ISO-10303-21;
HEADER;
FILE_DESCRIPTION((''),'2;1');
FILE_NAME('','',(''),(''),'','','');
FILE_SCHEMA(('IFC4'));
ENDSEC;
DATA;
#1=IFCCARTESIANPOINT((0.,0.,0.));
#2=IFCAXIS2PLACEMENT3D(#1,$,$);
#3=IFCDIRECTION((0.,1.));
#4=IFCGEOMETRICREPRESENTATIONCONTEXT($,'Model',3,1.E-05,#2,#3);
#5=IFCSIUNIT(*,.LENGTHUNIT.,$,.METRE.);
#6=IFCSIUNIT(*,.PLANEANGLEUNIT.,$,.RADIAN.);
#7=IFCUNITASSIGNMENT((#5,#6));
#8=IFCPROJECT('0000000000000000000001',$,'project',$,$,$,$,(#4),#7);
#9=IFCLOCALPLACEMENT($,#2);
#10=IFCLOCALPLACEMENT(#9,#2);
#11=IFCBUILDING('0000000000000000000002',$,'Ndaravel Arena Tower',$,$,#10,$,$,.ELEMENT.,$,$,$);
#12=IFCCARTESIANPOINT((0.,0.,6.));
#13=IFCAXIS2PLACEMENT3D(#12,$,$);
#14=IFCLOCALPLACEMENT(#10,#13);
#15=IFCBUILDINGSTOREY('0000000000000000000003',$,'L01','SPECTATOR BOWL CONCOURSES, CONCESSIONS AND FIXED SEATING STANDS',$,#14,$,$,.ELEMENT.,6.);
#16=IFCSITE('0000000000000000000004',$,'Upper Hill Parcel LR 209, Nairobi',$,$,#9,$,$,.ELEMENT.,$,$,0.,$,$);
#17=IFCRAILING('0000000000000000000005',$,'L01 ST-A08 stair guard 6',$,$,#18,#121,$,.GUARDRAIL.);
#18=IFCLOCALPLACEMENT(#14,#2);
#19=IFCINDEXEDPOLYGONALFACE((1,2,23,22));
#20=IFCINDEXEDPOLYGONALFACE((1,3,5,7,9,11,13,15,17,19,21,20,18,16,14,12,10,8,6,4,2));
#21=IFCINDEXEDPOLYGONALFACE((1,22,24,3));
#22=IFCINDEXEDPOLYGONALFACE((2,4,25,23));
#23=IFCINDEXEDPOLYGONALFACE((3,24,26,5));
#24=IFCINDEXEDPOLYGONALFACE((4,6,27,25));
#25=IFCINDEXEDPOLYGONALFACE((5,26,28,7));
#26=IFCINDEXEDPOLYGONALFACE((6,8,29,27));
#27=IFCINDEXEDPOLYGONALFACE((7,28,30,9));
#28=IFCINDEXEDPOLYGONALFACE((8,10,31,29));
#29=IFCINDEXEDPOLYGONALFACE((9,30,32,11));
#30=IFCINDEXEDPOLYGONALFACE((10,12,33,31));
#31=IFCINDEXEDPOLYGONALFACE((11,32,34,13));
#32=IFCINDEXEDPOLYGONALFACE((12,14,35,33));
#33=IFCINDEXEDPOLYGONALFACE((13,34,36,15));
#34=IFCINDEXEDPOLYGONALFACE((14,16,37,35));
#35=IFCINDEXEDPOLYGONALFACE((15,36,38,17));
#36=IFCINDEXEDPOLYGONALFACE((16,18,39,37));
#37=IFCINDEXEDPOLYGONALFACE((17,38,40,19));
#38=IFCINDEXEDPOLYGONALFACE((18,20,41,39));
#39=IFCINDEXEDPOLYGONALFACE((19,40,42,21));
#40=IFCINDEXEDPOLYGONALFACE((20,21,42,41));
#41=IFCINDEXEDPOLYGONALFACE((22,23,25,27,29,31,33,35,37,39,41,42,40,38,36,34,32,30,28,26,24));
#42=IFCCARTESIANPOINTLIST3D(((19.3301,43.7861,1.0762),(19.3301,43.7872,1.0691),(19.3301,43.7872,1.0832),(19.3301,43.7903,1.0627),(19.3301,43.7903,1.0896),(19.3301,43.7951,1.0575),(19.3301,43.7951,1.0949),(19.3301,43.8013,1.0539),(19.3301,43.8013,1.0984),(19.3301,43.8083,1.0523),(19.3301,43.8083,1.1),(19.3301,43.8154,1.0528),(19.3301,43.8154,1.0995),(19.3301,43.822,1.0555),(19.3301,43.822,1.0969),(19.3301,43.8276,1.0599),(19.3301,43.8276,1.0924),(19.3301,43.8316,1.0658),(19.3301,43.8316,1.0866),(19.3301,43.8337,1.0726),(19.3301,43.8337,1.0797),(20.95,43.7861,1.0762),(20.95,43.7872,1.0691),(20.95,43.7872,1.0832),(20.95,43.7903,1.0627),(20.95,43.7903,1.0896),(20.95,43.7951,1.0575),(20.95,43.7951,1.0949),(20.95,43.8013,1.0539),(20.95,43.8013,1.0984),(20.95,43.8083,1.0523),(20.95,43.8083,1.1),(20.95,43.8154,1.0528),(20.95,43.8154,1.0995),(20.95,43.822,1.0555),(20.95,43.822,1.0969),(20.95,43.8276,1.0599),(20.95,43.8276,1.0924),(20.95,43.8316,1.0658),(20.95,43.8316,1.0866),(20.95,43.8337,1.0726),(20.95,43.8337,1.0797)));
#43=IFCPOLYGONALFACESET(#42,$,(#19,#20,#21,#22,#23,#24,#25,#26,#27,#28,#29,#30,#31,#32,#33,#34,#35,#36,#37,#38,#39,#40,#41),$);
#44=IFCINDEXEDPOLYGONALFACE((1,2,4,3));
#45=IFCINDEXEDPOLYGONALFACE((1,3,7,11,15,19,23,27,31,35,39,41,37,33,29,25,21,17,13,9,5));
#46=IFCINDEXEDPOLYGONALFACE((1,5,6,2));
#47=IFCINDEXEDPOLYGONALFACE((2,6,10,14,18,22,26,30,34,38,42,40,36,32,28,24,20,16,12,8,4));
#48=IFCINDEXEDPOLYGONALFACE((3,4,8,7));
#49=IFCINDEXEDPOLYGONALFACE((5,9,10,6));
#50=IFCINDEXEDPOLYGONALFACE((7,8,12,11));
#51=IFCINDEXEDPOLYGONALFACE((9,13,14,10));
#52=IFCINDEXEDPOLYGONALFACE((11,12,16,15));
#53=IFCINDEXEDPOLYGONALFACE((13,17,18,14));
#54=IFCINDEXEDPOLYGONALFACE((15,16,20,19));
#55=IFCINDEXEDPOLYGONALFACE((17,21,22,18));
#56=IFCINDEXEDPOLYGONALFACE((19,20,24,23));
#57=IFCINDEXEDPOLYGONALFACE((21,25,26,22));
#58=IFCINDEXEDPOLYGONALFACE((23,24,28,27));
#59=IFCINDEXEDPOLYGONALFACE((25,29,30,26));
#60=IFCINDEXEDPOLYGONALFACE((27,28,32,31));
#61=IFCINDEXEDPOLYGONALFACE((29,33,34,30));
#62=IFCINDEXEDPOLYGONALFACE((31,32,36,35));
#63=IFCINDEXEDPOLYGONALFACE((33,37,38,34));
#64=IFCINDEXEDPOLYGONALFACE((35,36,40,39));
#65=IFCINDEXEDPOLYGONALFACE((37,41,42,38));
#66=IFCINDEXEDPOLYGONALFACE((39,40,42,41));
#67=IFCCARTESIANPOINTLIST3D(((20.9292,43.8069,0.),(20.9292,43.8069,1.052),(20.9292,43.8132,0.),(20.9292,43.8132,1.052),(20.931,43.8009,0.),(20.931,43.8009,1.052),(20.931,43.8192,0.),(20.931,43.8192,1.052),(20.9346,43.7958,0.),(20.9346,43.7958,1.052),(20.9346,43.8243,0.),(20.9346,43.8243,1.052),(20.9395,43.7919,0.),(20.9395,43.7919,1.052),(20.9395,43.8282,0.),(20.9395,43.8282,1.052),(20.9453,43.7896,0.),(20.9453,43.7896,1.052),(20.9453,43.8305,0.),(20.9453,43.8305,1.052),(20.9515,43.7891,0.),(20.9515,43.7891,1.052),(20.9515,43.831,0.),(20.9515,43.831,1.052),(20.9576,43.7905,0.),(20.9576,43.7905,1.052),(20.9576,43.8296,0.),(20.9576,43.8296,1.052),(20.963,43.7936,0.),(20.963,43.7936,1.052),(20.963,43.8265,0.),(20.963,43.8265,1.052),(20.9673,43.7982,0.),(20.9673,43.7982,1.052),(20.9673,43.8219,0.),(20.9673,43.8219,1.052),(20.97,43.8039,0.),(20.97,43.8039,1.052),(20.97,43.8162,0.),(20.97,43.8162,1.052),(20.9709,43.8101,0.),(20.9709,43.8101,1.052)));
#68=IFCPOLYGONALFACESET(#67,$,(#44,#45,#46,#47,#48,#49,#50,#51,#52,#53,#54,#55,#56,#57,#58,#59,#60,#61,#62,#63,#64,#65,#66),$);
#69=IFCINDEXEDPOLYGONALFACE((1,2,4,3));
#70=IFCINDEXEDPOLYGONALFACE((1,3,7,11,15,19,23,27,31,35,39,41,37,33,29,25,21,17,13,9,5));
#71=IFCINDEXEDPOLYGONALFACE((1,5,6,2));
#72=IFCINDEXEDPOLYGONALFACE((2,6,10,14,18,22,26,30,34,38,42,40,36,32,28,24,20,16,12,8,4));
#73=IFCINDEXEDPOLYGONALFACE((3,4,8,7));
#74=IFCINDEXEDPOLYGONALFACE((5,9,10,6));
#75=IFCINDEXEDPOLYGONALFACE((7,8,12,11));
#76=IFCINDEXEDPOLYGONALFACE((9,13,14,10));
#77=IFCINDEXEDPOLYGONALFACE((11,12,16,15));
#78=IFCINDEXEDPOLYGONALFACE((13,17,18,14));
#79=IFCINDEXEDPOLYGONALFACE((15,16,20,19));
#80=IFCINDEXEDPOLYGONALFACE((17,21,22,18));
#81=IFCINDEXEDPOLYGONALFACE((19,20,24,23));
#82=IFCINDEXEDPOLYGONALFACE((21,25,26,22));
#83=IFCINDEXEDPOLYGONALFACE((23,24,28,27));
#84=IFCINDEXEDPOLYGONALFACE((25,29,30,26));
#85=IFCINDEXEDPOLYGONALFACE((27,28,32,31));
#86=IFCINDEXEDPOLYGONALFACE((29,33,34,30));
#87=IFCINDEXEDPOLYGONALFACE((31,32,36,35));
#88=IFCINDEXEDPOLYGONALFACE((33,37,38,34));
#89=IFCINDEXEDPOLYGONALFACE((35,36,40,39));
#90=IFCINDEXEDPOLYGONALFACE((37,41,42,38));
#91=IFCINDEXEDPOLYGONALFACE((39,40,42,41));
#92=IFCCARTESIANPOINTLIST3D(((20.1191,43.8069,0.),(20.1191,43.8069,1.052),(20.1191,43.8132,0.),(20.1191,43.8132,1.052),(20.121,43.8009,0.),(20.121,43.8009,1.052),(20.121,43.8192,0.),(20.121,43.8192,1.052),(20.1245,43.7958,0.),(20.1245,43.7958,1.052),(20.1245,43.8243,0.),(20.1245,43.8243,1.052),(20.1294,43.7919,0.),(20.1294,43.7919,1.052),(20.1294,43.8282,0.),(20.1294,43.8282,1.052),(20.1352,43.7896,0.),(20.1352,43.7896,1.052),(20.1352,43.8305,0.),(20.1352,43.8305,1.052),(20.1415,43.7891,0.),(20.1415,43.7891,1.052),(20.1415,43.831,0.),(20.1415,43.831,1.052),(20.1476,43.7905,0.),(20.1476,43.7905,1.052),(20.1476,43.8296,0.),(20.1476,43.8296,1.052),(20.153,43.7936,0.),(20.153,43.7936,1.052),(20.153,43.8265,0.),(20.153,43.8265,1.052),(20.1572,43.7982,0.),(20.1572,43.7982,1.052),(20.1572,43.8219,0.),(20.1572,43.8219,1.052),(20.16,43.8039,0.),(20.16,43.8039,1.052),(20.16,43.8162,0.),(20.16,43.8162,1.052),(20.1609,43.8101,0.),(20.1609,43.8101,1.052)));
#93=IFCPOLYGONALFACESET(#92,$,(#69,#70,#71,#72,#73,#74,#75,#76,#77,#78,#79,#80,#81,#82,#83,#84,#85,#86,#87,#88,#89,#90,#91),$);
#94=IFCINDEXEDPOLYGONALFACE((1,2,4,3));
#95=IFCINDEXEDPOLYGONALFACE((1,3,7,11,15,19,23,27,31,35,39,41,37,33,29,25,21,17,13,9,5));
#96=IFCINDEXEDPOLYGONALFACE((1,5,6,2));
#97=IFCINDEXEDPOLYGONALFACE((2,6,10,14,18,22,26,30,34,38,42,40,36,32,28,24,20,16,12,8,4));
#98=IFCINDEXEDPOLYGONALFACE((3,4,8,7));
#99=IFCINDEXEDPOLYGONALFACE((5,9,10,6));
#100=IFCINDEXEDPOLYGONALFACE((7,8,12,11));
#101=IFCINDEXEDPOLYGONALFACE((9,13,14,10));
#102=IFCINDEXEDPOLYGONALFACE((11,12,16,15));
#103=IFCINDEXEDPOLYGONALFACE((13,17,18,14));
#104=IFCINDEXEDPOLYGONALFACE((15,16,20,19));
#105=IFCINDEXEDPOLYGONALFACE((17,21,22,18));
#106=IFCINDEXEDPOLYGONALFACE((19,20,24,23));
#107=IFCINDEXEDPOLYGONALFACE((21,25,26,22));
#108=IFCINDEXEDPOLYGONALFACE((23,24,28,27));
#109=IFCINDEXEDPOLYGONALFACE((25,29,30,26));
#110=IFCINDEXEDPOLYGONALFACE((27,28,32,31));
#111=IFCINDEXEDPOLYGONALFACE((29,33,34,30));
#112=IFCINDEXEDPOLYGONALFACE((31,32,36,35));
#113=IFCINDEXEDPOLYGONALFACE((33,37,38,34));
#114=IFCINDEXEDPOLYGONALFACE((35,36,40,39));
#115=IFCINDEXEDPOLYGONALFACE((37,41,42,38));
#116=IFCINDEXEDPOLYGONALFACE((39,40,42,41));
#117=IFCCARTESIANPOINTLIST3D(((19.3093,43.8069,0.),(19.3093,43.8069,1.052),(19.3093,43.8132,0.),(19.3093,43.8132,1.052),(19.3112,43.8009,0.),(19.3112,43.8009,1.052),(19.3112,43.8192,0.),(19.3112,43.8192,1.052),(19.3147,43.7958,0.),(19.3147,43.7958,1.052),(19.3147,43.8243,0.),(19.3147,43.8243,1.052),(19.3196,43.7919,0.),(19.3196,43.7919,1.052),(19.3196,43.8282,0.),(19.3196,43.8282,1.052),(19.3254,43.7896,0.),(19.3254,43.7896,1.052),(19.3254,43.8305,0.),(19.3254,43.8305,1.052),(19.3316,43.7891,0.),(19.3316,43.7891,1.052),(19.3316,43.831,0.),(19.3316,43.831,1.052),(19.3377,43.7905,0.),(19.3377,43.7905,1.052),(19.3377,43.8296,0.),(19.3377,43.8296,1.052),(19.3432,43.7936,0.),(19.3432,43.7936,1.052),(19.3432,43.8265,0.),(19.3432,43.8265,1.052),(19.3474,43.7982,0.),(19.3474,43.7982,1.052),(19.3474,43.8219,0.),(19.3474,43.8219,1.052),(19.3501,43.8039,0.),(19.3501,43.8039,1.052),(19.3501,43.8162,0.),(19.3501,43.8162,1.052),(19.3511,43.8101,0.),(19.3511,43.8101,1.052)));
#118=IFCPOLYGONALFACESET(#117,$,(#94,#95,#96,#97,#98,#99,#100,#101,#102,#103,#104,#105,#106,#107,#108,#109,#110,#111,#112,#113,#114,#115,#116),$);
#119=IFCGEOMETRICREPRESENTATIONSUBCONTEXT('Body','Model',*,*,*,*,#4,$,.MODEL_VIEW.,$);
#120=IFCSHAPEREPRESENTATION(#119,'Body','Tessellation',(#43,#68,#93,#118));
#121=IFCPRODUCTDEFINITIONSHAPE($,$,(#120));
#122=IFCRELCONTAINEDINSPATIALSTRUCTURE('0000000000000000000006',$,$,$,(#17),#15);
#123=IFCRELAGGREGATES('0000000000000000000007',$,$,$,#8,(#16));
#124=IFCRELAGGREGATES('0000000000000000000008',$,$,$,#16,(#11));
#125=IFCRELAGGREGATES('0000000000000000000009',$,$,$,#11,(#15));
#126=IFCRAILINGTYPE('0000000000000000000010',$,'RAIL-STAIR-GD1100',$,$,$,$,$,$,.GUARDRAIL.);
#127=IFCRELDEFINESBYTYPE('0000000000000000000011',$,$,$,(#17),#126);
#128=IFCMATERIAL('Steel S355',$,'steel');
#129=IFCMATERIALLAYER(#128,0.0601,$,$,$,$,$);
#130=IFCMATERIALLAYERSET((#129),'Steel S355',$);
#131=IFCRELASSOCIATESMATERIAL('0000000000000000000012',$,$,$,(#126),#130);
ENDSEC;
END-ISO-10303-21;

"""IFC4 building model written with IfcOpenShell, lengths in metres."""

from ifc_helpers import new_model, si_unit, direction, frame, origin, origin_2d, place, context, subcontext, project, spatial, circle, extrude, material, layer, layer_set, type_object, element, save


model = new_model("IFC4")

# Units and contexts
model_context = context("Model", 3, precision=1e-05, world=origin(), true_north=direction((0.0, 1.0)))
body_context = subcontext(model_context, "Body", "Model", "MODEL_VIEW")
ifc_project = project(units=[si_unit("LENGTHUNIT", "METRE"), si_unit("PLANEANGLEUNIT", "RADIAN")], contexts=[model_context])

# Site, building, storey
site_placement = place(None, origin())
site = spatial("IfcSite", under=ifc_project, at=site_placement, Name="Upper Hill Parcel LR 209, Nairobi", CompositionType="ELEMENT", RefElevation=0.0)
building_placement = place(site_placement, origin())
building = spatial("IfcBuilding", under=site, at=building_placement, Name="Ndaravel Arena Tower", CompositionType="ELEMENT")
storey_placement = place(building_placement, frame((0.0, 0.0, 6.0)))
storey = spatial("IfcBuildingStorey", under=building, at=storey_placement, Name="L01", Description="SPECTATOR BOWL CONCOURSES, CONCESSIONS AND FIXED SEATING STANDS", CompositionType="ELEMENT", Elevation=6.0)

# Railing
ifc_material_1 = material(Name="Steel S355", Category="steel")
ifc_layer_1 = layer(ifc_material_1, 0.0601)
ifc_layer_set_1 = layer_set([ifc_layer_1], Name="Steel S355")
railing_type_1 = type_object("IfcRailingType", Name="RAIL-STAIR-GD1100", PredefinedType="GUARDRAIL", material=ifc_layer_set_1)
for number, where, name in (
    (1, (20.95, 43.8101, 0.0), "L01 ST-A08 stair guard 6"),
):
    element("IfcRailing", number, at=place(storey_placement, frame(where)), inside=storey, type_object=railing_type_1, Name=name, PredefinedType="GUARDRAIL", context=body_context, shape_type="SweptSolid", body=[
        extrude(circle(Radius=0.0239, at=origin_2d()), frame((0.0, 0.0, 1.0762), z_axis=(-1.0, 0.0, 0.0), x_axis=(0.0, -1.0, 0.0)), (0.0, 0.0, 1.0), 1.6199),
        extrude(circle(Radius=0.021, at=origin_2d()), origin(), (0.0, 0.0, 1.0), 1.052),
        extrude(circle(Radius=0.021, at=origin_2d()), frame((-0.8101, 0.0, 0.0)), (0.0, 0.0, 1.0), 1.052),
        extrude(circle(Radius=0.021, at=origin_2d()), frame((-1.6199, 0.0, 0.0)), (0.0, 0.0, 1.0), 1.052),
    ])

save(model, "model.ifc")
